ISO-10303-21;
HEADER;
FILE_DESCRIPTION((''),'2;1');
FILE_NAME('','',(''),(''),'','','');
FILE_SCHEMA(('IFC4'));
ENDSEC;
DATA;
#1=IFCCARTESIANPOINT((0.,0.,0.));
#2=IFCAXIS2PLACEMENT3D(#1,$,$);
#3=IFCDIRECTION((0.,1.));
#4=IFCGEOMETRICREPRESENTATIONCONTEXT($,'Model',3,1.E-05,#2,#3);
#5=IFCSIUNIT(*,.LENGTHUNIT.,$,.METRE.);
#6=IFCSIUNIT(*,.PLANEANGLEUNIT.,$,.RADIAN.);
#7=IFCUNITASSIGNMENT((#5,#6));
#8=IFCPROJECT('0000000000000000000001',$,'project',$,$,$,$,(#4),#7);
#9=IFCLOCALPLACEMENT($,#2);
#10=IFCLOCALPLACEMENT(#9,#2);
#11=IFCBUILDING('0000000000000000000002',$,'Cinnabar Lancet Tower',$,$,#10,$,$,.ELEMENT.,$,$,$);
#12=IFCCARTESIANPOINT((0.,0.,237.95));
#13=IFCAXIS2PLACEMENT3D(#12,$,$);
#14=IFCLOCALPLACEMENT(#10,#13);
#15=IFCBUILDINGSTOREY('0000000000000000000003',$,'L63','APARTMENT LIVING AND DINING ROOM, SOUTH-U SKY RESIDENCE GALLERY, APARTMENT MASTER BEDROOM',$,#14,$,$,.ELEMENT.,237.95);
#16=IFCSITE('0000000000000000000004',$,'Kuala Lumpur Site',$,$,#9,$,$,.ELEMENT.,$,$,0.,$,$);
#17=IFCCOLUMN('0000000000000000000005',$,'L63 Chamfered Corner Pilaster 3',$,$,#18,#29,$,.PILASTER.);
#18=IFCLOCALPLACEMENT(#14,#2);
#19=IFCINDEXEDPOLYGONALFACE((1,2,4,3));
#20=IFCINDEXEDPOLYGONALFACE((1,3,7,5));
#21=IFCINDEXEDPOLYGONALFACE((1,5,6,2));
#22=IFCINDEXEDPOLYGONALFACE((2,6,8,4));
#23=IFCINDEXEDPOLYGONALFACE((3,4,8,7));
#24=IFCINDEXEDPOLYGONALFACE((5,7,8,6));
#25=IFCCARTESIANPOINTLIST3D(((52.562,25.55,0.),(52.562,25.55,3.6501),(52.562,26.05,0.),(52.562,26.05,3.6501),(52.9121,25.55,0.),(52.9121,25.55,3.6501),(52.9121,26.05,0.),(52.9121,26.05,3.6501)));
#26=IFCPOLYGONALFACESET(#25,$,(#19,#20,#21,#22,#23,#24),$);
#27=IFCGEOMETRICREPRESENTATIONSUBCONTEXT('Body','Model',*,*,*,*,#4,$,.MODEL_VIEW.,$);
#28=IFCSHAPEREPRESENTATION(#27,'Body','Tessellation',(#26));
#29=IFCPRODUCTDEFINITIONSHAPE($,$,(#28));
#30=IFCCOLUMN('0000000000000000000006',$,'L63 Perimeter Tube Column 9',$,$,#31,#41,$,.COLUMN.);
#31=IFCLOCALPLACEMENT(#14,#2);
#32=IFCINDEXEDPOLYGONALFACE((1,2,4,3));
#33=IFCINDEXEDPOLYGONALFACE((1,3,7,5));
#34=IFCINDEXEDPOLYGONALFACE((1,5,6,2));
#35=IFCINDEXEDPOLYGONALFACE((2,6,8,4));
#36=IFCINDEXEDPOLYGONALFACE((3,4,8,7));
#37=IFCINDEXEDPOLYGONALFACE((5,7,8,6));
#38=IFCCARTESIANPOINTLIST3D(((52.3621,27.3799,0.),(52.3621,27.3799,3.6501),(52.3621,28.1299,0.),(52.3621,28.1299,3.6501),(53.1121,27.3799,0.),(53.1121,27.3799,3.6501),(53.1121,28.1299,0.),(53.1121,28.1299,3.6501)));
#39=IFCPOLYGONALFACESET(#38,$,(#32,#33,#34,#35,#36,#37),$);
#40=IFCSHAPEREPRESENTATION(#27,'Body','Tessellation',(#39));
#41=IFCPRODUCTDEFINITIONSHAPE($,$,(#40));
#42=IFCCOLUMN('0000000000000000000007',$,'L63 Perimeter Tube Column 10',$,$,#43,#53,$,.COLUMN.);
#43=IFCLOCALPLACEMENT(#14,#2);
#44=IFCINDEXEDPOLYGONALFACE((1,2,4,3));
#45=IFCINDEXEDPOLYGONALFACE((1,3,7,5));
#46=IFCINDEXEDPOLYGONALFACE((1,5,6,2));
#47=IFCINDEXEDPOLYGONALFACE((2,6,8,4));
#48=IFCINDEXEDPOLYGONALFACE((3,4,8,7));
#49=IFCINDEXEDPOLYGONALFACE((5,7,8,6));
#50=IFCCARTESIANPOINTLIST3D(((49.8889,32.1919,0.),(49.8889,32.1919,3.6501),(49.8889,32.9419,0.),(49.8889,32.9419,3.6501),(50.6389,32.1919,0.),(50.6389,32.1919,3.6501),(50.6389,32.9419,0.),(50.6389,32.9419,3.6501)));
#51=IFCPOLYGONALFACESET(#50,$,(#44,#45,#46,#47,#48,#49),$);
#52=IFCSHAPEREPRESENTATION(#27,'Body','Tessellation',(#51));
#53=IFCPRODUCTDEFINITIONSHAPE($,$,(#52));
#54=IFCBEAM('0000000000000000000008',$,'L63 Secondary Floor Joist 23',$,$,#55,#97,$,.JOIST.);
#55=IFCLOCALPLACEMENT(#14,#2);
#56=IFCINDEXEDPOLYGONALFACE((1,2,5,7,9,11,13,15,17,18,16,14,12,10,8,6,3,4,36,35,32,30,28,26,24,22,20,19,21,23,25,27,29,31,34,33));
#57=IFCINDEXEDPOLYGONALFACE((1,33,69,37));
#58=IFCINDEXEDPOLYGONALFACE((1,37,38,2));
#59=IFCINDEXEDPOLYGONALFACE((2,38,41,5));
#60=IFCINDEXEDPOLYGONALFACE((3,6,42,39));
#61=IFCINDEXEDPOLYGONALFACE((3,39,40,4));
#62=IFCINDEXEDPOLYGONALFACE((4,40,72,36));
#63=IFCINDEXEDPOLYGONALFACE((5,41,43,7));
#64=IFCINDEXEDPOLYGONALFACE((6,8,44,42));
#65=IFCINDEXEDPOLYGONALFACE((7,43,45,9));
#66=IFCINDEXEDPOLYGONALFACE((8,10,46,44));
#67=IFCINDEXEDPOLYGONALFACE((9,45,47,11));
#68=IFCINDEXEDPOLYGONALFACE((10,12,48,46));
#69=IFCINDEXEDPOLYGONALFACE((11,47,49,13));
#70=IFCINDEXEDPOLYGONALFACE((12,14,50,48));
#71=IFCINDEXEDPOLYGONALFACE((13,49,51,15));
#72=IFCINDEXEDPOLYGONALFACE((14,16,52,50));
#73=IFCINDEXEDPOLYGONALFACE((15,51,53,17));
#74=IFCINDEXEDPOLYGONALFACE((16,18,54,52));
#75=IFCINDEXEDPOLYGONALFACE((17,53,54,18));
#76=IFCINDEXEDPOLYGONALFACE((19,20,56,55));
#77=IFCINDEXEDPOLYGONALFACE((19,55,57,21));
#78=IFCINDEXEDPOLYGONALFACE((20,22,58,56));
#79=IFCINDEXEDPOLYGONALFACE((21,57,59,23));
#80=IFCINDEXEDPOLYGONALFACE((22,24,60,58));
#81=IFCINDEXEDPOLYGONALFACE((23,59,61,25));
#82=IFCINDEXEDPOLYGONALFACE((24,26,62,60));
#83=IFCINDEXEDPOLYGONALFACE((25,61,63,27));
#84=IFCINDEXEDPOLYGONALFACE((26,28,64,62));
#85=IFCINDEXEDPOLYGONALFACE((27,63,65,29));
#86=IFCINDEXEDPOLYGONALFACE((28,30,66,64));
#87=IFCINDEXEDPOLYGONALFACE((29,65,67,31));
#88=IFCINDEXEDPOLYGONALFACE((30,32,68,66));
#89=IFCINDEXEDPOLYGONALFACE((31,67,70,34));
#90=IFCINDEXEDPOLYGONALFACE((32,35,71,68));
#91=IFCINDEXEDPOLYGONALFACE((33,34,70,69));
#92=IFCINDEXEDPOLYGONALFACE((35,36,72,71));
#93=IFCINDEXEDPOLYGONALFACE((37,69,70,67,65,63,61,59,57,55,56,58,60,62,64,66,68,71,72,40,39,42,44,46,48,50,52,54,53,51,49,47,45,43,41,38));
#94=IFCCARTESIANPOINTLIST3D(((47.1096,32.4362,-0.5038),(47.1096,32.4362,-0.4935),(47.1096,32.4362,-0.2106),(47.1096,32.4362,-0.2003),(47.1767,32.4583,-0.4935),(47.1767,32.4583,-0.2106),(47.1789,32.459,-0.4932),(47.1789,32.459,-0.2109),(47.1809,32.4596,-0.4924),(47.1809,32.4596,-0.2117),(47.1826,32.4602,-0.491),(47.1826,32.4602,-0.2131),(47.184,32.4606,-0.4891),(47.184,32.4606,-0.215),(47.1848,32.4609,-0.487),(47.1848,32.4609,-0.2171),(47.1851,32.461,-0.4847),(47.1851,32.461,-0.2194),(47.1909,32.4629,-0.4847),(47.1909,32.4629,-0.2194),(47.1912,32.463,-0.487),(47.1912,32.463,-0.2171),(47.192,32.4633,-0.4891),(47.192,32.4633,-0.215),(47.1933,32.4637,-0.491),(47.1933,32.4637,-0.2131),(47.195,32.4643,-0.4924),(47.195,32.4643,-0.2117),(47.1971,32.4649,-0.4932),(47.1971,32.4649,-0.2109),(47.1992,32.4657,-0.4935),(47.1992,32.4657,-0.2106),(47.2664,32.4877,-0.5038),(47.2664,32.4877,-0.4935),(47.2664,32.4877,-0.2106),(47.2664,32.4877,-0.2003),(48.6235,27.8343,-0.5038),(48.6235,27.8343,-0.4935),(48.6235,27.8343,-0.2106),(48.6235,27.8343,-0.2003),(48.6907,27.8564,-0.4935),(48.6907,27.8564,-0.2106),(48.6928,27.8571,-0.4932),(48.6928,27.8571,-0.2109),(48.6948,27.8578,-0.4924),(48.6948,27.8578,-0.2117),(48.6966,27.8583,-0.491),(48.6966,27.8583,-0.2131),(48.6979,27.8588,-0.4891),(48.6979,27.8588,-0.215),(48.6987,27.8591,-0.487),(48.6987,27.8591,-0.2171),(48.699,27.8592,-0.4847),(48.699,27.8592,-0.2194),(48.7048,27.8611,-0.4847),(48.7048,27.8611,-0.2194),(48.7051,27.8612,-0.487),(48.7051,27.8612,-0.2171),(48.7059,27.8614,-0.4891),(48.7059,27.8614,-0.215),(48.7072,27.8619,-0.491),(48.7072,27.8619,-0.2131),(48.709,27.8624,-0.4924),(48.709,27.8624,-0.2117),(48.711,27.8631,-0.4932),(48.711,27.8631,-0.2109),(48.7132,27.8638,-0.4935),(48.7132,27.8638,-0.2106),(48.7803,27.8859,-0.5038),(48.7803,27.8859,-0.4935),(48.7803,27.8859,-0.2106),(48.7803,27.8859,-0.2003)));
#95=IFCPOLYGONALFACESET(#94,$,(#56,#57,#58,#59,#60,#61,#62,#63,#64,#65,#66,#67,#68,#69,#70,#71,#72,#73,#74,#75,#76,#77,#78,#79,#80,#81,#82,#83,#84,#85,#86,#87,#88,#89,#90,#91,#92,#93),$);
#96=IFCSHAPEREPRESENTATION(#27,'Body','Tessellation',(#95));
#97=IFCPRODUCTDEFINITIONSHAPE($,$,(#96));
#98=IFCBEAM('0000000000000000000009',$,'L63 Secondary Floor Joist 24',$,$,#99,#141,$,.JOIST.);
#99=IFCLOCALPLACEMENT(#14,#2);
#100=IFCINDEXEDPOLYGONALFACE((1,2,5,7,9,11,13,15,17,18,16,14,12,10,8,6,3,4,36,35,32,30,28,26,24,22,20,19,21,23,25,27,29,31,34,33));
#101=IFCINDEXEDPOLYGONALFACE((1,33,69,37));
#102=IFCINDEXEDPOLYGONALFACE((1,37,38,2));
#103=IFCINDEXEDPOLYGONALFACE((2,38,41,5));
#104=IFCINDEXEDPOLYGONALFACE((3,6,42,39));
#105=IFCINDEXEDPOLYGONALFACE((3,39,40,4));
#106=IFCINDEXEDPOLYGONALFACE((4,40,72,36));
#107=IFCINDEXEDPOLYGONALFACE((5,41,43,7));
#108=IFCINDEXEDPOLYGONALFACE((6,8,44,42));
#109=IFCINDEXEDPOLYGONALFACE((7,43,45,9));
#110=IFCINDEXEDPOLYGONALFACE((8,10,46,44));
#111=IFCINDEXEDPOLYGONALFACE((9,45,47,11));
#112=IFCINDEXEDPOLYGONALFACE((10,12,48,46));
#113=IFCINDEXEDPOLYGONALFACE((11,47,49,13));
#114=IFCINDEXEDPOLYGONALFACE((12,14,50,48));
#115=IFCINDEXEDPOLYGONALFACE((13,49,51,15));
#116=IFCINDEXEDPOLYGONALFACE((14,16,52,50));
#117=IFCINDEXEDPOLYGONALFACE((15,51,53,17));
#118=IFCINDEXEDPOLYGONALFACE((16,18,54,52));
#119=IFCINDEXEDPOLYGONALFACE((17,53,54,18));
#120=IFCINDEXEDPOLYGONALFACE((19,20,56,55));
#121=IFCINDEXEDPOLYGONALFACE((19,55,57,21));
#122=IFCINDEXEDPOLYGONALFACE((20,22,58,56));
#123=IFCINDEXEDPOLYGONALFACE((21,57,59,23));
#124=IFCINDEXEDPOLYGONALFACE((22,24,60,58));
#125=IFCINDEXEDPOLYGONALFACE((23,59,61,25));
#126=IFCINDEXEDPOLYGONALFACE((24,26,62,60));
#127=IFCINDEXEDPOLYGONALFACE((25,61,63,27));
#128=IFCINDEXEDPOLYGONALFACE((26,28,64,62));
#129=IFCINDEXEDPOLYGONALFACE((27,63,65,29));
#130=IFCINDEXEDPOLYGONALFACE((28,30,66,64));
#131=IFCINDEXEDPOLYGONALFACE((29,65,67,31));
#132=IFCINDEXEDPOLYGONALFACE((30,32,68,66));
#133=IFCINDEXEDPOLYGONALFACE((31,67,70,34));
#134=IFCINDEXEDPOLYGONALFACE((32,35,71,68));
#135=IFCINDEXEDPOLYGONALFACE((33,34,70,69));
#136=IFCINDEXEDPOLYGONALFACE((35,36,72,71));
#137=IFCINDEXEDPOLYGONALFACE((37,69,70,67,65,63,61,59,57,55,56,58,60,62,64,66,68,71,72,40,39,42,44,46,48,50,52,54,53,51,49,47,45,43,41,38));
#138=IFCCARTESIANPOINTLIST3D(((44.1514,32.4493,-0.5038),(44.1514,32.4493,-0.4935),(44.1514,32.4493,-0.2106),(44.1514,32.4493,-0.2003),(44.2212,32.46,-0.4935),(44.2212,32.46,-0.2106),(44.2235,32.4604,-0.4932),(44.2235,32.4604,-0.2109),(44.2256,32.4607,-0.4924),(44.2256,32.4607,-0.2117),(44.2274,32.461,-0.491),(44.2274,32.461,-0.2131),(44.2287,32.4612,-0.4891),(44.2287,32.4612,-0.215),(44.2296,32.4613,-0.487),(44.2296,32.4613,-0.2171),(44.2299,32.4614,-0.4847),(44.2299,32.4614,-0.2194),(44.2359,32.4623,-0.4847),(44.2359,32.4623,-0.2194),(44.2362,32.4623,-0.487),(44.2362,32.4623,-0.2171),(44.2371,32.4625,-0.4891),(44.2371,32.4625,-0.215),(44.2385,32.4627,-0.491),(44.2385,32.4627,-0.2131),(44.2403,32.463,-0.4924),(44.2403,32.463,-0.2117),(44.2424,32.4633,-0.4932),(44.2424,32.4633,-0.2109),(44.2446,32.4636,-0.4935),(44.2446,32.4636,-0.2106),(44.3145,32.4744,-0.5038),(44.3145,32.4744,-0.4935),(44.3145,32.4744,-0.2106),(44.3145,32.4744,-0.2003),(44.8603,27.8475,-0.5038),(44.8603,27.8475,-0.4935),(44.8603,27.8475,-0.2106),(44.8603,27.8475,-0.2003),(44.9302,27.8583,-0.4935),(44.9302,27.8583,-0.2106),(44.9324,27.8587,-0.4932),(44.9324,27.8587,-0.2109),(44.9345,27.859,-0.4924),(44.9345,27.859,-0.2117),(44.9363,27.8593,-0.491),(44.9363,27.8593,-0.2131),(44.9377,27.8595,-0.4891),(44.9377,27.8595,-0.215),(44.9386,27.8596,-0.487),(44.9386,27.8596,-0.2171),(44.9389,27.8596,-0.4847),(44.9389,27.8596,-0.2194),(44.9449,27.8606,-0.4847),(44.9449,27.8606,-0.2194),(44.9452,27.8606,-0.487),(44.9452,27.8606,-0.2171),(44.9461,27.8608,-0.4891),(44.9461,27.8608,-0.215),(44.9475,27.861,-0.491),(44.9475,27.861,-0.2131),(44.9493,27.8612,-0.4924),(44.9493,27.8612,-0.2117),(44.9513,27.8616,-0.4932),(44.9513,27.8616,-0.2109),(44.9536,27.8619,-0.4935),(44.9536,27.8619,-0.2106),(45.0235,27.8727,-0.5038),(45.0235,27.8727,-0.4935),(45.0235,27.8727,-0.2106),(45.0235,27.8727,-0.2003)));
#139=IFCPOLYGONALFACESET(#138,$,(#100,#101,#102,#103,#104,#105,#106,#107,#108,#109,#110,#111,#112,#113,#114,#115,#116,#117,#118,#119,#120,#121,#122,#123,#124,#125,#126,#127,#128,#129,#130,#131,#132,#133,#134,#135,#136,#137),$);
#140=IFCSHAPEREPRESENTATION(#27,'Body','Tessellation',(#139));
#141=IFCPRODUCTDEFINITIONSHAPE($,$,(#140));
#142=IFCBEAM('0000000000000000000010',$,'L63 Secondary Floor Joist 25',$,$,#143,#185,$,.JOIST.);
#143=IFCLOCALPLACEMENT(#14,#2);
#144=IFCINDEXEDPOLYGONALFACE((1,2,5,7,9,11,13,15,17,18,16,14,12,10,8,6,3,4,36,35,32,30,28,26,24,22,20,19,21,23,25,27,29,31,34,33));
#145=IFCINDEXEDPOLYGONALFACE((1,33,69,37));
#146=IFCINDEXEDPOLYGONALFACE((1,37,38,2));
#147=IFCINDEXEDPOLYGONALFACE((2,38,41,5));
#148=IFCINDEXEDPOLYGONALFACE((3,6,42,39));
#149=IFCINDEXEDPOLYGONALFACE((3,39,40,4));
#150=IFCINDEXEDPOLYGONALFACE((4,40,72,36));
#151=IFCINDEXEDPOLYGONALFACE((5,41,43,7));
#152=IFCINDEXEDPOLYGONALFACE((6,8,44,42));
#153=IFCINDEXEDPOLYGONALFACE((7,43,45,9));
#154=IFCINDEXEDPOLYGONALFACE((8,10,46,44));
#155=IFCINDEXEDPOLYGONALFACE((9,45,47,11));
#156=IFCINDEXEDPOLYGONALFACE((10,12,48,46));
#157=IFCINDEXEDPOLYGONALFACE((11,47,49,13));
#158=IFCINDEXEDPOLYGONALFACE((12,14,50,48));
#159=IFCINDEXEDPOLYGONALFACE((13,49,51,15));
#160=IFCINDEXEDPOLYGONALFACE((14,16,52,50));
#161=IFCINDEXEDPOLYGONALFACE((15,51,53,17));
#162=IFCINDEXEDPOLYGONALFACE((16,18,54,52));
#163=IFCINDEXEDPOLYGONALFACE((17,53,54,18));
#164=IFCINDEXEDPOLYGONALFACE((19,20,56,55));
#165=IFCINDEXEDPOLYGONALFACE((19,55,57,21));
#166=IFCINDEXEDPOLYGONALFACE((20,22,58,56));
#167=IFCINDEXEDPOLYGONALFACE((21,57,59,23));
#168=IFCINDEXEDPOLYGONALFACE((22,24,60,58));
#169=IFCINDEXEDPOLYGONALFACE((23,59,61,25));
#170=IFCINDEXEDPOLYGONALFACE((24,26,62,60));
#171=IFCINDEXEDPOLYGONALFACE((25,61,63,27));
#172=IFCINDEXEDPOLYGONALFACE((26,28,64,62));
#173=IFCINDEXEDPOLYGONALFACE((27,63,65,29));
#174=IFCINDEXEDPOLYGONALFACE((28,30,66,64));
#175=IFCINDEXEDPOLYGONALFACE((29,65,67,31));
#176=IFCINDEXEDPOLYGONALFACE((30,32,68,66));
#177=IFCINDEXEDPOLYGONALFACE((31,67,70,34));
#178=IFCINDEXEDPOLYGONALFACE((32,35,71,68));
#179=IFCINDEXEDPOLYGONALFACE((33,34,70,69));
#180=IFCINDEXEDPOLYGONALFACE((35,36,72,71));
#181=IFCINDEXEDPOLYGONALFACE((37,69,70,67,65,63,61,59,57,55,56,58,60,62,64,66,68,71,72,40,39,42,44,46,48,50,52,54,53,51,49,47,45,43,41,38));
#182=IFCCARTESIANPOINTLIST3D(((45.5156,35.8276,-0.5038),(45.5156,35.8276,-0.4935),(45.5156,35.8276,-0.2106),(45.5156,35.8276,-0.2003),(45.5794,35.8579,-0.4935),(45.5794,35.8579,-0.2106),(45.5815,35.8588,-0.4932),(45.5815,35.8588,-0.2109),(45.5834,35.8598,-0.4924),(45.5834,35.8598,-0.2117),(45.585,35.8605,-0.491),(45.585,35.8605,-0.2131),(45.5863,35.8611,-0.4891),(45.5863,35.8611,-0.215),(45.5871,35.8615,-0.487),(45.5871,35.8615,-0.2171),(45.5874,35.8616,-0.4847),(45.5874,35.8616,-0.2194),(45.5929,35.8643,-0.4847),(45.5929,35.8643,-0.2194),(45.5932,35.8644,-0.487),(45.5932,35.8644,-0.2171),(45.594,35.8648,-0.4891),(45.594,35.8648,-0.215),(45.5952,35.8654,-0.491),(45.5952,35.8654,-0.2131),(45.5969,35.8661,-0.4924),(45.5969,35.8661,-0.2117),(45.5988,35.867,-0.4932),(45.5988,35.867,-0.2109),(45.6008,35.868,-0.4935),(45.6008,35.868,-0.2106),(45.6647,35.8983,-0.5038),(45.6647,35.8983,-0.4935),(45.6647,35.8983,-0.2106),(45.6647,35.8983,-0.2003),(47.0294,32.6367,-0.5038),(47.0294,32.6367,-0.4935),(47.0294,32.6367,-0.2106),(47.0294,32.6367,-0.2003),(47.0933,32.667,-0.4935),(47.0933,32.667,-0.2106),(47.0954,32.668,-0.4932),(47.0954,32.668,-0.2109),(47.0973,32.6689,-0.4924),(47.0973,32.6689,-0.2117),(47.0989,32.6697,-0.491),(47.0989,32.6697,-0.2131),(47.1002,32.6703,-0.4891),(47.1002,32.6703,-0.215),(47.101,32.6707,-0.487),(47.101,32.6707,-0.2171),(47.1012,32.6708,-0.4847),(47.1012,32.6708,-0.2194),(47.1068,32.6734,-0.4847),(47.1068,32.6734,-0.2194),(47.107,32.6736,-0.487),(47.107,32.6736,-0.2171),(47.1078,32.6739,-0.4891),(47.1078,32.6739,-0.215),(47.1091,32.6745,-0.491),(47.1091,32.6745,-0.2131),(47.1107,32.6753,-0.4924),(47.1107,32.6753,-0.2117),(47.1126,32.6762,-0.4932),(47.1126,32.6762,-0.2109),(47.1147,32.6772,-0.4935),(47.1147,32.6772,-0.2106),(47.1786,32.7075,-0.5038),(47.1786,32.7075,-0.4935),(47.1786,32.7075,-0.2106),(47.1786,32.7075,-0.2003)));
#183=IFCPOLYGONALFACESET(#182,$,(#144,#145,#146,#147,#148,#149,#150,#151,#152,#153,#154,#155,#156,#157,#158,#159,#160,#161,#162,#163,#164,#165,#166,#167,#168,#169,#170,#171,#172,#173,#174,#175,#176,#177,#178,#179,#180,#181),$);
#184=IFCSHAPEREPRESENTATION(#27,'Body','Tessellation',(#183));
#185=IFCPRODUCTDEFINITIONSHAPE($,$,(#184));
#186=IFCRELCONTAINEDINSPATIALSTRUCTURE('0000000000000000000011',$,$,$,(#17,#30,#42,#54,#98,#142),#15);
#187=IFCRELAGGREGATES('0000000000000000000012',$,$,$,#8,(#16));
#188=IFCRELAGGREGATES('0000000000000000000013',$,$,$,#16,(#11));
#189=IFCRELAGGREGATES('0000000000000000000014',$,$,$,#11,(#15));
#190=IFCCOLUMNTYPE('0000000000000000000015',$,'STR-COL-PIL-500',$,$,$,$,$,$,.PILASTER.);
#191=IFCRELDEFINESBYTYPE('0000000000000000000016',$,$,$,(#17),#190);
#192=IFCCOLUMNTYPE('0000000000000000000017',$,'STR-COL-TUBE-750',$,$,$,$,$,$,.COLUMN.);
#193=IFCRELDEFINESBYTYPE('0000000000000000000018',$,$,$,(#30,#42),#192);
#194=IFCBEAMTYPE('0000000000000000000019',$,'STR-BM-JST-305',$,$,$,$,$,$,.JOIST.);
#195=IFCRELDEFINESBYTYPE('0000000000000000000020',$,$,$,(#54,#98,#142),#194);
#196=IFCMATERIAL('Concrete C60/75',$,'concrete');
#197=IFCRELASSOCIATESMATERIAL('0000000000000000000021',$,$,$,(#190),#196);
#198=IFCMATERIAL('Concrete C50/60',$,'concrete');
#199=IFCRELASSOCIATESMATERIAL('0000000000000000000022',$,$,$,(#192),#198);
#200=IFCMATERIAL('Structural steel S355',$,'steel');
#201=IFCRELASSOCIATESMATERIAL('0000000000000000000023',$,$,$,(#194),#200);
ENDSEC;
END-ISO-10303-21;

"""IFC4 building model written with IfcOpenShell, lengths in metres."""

from ifc_helpers import new_model, si_unit, direction, frame, origin, origin_2d, place, context, subcontext, project, spatial, rectangle, i_section, extrude, material, material_profile, profile_set, type_object, element, save


model = new_model("IFC4")

# Units and contexts
model_context = context("Model", 3, precision=1e-05, world=origin(), true_north=direction((0.0, 1.0)))
body_context = subcontext(model_context, "Body", "Model", "MODEL_VIEW")
ifc_project = project(units=[si_unit("LENGTHUNIT", "METRE"), si_unit("PLANEANGLEUNIT", "RADIAN")], contexts=[model_context])

# Site, building, storey
site_placement = place(None, origin())
site = spatial("IfcSite", under=ifc_project, at=site_placement, Name="Kuala Lumpur Site", CompositionType="ELEMENT", RefElevation=0.0)
building_placement = place(site_placement, origin())
building = spatial("IfcBuilding", under=site, at=building_placement, Name="Cinnabar Lancet Tower", CompositionType="ELEMENT")
storey_placement = place(building_placement, frame((0.0, 0.0, 237.95)))
storey = spatial("IfcBuildingStorey", under=building, at=storey_placement, Name="L63", Description="APARTMENT LIVING AND DINING ROOM, SOUTH-U SKY RESIDENCE GALLERY, APARTMENT MASTER BEDROOM", CompositionType="ELEMENT", Elevation=237.95)

# Columns
ifc_material_1 = material(Name="Concrete C60/75", Category="concrete")
ifc_material_profile_1 = material_profile(ifc_material_1, rectangle(XDim=0.5, YDim=0.3501, at=origin_2d()), Name="RC-PIL 500x350")
ifc_profile_set_1 = profile_set([ifc_material_profile_1], Name="Concrete C60/75")
column_type_1 = type_object("IfcColumnType", Name="STR-COL-PIL-500", PredefinedType="PILASTER", material=ifc_profile_set_1)
column_placement = place(storey_placement, frame((52.7371, 25.8, 0.0), z_axis=(0.0, 0.0, 1.0), x_axis=(0.0, 1.0, 0.0)))
element("IfcColumn", 1, at=column_placement, inside=storey, type_object=column_type_1, Name="L63 Chamfered Corner Pilaster 3", PredefinedType="PILASTER", context=body_context, shape_type="SweptSolid", body=[
    extrude(rectangle(XDim=0.5, YDim=0.3501, at=origin_2d()), origin(), (0.0, 0.0, 1.0), 3.6501),
])
ifc_material_2 = material(Name="Concrete C50/60", Category="concrete")
ifc_material_profile_2 = material_profile(ifc_material_2, rectangle(XDim=0.75, YDim=0.75, at=origin_2d()), Name="RC-COL 750x750")
ifc_profile_set_2 = profile_set([ifc_material_profile_2], Name="Concrete C50/60")
column_type_2 = type_object("IfcColumnType", Name="STR-COL-TUBE-750", PredefinedType="COLUMN", material=ifc_profile_set_2)
for number, where, z_axis, x_axis, name in (
    (2, (52.7371, 27.7549, 0.0), (0.0, 0.0, 1.0), (1.0, 0.0, 0.0), "L63 Perimeter Tube Column 9"),
    (3, (50.2639, 32.5669, 0.0), (0.0, 0.0, 1.0), (1.0, 0.0, 0.0), "L63 Perimeter Tube Column 10"),
):
    element("IfcColumn", number, at=place(storey_placement, frame(where, z_axis=z_axis, x_axis=x_axis)), inside=storey, type_object=column_type_2, Name=name, PredefinedType="COLUMN", context=body_context, shape_type="SweptSolid", body=[
        extrude(rectangle(XDim=0.75, YDim=0.75, at=origin_2d()), origin(), (0.0, 0.0, 1.0), 3.6501),
    ])

# Beams
ifc_material_3 = material(Name="Structural steel S355", Category="steel")
ifc_material_profile_3 = material_profile(ifc_material_3, i_section(OverallWidth=0.165, OverallDepth=0.3035, WebThickness=0.0061, FlangeThickness=0.0103, FilletRadius=0.0088, at=origin_2d()), Name="UKB 305x165x40")
ifc_profile_set_3 = profile_set([ifc_material_profile_3], Name="Structural steel S355")
beam_type_1 = type_object("IfcBeamType", Name="STR-BM-JST-305", PredefinedType="JOIST", material=ifc_profile_set_3)
beam_1_placement = place(storey_placement, frame((48.7019, 27.8601, -0.3521), z_axis=(-0.312506, 0.949916, 0.0), x_axis=(-0.949916, -0.312506, 0.0)))
element("IfcBeam", 4, at=beam_1_placement, inside=storey, type_object=beam_type_1, Name="L63 Secondary Floor Joist 23", PredefinedType="JOIST", context=body_context, shape_type="SweptSolid", body=[
    extrude(i_section(OverallWidth=0.165, OverallDepth=0.3035, WebThickness=0.0061, FlangeThickness=0.0103, FilletRadius=0.0088, at=origin_2d()), origin(), (0.0, 0.0, 1.0), 4.8445),
])
beam_2_placement = place(storey_placement, frame((44.9419, 27.8601, -0.3521), z_axis=(-0.15227, 0.988339, 0.0), x_axis=(-0.988339, -0.15227, 0.0)))
element("IfcBeam", 5, at=beam_2_placement, inside=storey, type_object=beam_type_1, Name="L63 Secondary Floor Joist 24", PredefinedType="JOIST", context=body_context, shape_type="SweptSolid", body=[
    extrude(i_section(OverallWidth=0.165, OverallDepth=0.3035, WebThickness=0.0061, FlangeThickness=0.0103, FilletRadius=0.0088, at=origin_2d()), origin(), (0.0, 0.0, 1.0), 4.656),
])
beam_3_placement = place(storey_placement, frame((47.104, 32.6721, -0.3521), z_axis=(-0.428648, 0.903472, 0.0), x_axis=(-0.903472, -0.428648, 0.0)))
element("IfcBeam", 6, at=beam_3_placement, inside=storey, type_object=beam_type_1, Name="L63 Secondary Floor Joist 25", PredefinedType="JOIST", context=body_context, shape_type="SweptSolid", body=[
    extrude(i_section(OverallWidth=0.165, OverallDepth=0.3035, WebThickness=0.0061, FlangeThickness=0.0103, FilletRadius=0.0088, at=origin_2d()), origin(), (0.0, 0.0, 1.0), 3.5317),
])

save(model, "model.ifc")
